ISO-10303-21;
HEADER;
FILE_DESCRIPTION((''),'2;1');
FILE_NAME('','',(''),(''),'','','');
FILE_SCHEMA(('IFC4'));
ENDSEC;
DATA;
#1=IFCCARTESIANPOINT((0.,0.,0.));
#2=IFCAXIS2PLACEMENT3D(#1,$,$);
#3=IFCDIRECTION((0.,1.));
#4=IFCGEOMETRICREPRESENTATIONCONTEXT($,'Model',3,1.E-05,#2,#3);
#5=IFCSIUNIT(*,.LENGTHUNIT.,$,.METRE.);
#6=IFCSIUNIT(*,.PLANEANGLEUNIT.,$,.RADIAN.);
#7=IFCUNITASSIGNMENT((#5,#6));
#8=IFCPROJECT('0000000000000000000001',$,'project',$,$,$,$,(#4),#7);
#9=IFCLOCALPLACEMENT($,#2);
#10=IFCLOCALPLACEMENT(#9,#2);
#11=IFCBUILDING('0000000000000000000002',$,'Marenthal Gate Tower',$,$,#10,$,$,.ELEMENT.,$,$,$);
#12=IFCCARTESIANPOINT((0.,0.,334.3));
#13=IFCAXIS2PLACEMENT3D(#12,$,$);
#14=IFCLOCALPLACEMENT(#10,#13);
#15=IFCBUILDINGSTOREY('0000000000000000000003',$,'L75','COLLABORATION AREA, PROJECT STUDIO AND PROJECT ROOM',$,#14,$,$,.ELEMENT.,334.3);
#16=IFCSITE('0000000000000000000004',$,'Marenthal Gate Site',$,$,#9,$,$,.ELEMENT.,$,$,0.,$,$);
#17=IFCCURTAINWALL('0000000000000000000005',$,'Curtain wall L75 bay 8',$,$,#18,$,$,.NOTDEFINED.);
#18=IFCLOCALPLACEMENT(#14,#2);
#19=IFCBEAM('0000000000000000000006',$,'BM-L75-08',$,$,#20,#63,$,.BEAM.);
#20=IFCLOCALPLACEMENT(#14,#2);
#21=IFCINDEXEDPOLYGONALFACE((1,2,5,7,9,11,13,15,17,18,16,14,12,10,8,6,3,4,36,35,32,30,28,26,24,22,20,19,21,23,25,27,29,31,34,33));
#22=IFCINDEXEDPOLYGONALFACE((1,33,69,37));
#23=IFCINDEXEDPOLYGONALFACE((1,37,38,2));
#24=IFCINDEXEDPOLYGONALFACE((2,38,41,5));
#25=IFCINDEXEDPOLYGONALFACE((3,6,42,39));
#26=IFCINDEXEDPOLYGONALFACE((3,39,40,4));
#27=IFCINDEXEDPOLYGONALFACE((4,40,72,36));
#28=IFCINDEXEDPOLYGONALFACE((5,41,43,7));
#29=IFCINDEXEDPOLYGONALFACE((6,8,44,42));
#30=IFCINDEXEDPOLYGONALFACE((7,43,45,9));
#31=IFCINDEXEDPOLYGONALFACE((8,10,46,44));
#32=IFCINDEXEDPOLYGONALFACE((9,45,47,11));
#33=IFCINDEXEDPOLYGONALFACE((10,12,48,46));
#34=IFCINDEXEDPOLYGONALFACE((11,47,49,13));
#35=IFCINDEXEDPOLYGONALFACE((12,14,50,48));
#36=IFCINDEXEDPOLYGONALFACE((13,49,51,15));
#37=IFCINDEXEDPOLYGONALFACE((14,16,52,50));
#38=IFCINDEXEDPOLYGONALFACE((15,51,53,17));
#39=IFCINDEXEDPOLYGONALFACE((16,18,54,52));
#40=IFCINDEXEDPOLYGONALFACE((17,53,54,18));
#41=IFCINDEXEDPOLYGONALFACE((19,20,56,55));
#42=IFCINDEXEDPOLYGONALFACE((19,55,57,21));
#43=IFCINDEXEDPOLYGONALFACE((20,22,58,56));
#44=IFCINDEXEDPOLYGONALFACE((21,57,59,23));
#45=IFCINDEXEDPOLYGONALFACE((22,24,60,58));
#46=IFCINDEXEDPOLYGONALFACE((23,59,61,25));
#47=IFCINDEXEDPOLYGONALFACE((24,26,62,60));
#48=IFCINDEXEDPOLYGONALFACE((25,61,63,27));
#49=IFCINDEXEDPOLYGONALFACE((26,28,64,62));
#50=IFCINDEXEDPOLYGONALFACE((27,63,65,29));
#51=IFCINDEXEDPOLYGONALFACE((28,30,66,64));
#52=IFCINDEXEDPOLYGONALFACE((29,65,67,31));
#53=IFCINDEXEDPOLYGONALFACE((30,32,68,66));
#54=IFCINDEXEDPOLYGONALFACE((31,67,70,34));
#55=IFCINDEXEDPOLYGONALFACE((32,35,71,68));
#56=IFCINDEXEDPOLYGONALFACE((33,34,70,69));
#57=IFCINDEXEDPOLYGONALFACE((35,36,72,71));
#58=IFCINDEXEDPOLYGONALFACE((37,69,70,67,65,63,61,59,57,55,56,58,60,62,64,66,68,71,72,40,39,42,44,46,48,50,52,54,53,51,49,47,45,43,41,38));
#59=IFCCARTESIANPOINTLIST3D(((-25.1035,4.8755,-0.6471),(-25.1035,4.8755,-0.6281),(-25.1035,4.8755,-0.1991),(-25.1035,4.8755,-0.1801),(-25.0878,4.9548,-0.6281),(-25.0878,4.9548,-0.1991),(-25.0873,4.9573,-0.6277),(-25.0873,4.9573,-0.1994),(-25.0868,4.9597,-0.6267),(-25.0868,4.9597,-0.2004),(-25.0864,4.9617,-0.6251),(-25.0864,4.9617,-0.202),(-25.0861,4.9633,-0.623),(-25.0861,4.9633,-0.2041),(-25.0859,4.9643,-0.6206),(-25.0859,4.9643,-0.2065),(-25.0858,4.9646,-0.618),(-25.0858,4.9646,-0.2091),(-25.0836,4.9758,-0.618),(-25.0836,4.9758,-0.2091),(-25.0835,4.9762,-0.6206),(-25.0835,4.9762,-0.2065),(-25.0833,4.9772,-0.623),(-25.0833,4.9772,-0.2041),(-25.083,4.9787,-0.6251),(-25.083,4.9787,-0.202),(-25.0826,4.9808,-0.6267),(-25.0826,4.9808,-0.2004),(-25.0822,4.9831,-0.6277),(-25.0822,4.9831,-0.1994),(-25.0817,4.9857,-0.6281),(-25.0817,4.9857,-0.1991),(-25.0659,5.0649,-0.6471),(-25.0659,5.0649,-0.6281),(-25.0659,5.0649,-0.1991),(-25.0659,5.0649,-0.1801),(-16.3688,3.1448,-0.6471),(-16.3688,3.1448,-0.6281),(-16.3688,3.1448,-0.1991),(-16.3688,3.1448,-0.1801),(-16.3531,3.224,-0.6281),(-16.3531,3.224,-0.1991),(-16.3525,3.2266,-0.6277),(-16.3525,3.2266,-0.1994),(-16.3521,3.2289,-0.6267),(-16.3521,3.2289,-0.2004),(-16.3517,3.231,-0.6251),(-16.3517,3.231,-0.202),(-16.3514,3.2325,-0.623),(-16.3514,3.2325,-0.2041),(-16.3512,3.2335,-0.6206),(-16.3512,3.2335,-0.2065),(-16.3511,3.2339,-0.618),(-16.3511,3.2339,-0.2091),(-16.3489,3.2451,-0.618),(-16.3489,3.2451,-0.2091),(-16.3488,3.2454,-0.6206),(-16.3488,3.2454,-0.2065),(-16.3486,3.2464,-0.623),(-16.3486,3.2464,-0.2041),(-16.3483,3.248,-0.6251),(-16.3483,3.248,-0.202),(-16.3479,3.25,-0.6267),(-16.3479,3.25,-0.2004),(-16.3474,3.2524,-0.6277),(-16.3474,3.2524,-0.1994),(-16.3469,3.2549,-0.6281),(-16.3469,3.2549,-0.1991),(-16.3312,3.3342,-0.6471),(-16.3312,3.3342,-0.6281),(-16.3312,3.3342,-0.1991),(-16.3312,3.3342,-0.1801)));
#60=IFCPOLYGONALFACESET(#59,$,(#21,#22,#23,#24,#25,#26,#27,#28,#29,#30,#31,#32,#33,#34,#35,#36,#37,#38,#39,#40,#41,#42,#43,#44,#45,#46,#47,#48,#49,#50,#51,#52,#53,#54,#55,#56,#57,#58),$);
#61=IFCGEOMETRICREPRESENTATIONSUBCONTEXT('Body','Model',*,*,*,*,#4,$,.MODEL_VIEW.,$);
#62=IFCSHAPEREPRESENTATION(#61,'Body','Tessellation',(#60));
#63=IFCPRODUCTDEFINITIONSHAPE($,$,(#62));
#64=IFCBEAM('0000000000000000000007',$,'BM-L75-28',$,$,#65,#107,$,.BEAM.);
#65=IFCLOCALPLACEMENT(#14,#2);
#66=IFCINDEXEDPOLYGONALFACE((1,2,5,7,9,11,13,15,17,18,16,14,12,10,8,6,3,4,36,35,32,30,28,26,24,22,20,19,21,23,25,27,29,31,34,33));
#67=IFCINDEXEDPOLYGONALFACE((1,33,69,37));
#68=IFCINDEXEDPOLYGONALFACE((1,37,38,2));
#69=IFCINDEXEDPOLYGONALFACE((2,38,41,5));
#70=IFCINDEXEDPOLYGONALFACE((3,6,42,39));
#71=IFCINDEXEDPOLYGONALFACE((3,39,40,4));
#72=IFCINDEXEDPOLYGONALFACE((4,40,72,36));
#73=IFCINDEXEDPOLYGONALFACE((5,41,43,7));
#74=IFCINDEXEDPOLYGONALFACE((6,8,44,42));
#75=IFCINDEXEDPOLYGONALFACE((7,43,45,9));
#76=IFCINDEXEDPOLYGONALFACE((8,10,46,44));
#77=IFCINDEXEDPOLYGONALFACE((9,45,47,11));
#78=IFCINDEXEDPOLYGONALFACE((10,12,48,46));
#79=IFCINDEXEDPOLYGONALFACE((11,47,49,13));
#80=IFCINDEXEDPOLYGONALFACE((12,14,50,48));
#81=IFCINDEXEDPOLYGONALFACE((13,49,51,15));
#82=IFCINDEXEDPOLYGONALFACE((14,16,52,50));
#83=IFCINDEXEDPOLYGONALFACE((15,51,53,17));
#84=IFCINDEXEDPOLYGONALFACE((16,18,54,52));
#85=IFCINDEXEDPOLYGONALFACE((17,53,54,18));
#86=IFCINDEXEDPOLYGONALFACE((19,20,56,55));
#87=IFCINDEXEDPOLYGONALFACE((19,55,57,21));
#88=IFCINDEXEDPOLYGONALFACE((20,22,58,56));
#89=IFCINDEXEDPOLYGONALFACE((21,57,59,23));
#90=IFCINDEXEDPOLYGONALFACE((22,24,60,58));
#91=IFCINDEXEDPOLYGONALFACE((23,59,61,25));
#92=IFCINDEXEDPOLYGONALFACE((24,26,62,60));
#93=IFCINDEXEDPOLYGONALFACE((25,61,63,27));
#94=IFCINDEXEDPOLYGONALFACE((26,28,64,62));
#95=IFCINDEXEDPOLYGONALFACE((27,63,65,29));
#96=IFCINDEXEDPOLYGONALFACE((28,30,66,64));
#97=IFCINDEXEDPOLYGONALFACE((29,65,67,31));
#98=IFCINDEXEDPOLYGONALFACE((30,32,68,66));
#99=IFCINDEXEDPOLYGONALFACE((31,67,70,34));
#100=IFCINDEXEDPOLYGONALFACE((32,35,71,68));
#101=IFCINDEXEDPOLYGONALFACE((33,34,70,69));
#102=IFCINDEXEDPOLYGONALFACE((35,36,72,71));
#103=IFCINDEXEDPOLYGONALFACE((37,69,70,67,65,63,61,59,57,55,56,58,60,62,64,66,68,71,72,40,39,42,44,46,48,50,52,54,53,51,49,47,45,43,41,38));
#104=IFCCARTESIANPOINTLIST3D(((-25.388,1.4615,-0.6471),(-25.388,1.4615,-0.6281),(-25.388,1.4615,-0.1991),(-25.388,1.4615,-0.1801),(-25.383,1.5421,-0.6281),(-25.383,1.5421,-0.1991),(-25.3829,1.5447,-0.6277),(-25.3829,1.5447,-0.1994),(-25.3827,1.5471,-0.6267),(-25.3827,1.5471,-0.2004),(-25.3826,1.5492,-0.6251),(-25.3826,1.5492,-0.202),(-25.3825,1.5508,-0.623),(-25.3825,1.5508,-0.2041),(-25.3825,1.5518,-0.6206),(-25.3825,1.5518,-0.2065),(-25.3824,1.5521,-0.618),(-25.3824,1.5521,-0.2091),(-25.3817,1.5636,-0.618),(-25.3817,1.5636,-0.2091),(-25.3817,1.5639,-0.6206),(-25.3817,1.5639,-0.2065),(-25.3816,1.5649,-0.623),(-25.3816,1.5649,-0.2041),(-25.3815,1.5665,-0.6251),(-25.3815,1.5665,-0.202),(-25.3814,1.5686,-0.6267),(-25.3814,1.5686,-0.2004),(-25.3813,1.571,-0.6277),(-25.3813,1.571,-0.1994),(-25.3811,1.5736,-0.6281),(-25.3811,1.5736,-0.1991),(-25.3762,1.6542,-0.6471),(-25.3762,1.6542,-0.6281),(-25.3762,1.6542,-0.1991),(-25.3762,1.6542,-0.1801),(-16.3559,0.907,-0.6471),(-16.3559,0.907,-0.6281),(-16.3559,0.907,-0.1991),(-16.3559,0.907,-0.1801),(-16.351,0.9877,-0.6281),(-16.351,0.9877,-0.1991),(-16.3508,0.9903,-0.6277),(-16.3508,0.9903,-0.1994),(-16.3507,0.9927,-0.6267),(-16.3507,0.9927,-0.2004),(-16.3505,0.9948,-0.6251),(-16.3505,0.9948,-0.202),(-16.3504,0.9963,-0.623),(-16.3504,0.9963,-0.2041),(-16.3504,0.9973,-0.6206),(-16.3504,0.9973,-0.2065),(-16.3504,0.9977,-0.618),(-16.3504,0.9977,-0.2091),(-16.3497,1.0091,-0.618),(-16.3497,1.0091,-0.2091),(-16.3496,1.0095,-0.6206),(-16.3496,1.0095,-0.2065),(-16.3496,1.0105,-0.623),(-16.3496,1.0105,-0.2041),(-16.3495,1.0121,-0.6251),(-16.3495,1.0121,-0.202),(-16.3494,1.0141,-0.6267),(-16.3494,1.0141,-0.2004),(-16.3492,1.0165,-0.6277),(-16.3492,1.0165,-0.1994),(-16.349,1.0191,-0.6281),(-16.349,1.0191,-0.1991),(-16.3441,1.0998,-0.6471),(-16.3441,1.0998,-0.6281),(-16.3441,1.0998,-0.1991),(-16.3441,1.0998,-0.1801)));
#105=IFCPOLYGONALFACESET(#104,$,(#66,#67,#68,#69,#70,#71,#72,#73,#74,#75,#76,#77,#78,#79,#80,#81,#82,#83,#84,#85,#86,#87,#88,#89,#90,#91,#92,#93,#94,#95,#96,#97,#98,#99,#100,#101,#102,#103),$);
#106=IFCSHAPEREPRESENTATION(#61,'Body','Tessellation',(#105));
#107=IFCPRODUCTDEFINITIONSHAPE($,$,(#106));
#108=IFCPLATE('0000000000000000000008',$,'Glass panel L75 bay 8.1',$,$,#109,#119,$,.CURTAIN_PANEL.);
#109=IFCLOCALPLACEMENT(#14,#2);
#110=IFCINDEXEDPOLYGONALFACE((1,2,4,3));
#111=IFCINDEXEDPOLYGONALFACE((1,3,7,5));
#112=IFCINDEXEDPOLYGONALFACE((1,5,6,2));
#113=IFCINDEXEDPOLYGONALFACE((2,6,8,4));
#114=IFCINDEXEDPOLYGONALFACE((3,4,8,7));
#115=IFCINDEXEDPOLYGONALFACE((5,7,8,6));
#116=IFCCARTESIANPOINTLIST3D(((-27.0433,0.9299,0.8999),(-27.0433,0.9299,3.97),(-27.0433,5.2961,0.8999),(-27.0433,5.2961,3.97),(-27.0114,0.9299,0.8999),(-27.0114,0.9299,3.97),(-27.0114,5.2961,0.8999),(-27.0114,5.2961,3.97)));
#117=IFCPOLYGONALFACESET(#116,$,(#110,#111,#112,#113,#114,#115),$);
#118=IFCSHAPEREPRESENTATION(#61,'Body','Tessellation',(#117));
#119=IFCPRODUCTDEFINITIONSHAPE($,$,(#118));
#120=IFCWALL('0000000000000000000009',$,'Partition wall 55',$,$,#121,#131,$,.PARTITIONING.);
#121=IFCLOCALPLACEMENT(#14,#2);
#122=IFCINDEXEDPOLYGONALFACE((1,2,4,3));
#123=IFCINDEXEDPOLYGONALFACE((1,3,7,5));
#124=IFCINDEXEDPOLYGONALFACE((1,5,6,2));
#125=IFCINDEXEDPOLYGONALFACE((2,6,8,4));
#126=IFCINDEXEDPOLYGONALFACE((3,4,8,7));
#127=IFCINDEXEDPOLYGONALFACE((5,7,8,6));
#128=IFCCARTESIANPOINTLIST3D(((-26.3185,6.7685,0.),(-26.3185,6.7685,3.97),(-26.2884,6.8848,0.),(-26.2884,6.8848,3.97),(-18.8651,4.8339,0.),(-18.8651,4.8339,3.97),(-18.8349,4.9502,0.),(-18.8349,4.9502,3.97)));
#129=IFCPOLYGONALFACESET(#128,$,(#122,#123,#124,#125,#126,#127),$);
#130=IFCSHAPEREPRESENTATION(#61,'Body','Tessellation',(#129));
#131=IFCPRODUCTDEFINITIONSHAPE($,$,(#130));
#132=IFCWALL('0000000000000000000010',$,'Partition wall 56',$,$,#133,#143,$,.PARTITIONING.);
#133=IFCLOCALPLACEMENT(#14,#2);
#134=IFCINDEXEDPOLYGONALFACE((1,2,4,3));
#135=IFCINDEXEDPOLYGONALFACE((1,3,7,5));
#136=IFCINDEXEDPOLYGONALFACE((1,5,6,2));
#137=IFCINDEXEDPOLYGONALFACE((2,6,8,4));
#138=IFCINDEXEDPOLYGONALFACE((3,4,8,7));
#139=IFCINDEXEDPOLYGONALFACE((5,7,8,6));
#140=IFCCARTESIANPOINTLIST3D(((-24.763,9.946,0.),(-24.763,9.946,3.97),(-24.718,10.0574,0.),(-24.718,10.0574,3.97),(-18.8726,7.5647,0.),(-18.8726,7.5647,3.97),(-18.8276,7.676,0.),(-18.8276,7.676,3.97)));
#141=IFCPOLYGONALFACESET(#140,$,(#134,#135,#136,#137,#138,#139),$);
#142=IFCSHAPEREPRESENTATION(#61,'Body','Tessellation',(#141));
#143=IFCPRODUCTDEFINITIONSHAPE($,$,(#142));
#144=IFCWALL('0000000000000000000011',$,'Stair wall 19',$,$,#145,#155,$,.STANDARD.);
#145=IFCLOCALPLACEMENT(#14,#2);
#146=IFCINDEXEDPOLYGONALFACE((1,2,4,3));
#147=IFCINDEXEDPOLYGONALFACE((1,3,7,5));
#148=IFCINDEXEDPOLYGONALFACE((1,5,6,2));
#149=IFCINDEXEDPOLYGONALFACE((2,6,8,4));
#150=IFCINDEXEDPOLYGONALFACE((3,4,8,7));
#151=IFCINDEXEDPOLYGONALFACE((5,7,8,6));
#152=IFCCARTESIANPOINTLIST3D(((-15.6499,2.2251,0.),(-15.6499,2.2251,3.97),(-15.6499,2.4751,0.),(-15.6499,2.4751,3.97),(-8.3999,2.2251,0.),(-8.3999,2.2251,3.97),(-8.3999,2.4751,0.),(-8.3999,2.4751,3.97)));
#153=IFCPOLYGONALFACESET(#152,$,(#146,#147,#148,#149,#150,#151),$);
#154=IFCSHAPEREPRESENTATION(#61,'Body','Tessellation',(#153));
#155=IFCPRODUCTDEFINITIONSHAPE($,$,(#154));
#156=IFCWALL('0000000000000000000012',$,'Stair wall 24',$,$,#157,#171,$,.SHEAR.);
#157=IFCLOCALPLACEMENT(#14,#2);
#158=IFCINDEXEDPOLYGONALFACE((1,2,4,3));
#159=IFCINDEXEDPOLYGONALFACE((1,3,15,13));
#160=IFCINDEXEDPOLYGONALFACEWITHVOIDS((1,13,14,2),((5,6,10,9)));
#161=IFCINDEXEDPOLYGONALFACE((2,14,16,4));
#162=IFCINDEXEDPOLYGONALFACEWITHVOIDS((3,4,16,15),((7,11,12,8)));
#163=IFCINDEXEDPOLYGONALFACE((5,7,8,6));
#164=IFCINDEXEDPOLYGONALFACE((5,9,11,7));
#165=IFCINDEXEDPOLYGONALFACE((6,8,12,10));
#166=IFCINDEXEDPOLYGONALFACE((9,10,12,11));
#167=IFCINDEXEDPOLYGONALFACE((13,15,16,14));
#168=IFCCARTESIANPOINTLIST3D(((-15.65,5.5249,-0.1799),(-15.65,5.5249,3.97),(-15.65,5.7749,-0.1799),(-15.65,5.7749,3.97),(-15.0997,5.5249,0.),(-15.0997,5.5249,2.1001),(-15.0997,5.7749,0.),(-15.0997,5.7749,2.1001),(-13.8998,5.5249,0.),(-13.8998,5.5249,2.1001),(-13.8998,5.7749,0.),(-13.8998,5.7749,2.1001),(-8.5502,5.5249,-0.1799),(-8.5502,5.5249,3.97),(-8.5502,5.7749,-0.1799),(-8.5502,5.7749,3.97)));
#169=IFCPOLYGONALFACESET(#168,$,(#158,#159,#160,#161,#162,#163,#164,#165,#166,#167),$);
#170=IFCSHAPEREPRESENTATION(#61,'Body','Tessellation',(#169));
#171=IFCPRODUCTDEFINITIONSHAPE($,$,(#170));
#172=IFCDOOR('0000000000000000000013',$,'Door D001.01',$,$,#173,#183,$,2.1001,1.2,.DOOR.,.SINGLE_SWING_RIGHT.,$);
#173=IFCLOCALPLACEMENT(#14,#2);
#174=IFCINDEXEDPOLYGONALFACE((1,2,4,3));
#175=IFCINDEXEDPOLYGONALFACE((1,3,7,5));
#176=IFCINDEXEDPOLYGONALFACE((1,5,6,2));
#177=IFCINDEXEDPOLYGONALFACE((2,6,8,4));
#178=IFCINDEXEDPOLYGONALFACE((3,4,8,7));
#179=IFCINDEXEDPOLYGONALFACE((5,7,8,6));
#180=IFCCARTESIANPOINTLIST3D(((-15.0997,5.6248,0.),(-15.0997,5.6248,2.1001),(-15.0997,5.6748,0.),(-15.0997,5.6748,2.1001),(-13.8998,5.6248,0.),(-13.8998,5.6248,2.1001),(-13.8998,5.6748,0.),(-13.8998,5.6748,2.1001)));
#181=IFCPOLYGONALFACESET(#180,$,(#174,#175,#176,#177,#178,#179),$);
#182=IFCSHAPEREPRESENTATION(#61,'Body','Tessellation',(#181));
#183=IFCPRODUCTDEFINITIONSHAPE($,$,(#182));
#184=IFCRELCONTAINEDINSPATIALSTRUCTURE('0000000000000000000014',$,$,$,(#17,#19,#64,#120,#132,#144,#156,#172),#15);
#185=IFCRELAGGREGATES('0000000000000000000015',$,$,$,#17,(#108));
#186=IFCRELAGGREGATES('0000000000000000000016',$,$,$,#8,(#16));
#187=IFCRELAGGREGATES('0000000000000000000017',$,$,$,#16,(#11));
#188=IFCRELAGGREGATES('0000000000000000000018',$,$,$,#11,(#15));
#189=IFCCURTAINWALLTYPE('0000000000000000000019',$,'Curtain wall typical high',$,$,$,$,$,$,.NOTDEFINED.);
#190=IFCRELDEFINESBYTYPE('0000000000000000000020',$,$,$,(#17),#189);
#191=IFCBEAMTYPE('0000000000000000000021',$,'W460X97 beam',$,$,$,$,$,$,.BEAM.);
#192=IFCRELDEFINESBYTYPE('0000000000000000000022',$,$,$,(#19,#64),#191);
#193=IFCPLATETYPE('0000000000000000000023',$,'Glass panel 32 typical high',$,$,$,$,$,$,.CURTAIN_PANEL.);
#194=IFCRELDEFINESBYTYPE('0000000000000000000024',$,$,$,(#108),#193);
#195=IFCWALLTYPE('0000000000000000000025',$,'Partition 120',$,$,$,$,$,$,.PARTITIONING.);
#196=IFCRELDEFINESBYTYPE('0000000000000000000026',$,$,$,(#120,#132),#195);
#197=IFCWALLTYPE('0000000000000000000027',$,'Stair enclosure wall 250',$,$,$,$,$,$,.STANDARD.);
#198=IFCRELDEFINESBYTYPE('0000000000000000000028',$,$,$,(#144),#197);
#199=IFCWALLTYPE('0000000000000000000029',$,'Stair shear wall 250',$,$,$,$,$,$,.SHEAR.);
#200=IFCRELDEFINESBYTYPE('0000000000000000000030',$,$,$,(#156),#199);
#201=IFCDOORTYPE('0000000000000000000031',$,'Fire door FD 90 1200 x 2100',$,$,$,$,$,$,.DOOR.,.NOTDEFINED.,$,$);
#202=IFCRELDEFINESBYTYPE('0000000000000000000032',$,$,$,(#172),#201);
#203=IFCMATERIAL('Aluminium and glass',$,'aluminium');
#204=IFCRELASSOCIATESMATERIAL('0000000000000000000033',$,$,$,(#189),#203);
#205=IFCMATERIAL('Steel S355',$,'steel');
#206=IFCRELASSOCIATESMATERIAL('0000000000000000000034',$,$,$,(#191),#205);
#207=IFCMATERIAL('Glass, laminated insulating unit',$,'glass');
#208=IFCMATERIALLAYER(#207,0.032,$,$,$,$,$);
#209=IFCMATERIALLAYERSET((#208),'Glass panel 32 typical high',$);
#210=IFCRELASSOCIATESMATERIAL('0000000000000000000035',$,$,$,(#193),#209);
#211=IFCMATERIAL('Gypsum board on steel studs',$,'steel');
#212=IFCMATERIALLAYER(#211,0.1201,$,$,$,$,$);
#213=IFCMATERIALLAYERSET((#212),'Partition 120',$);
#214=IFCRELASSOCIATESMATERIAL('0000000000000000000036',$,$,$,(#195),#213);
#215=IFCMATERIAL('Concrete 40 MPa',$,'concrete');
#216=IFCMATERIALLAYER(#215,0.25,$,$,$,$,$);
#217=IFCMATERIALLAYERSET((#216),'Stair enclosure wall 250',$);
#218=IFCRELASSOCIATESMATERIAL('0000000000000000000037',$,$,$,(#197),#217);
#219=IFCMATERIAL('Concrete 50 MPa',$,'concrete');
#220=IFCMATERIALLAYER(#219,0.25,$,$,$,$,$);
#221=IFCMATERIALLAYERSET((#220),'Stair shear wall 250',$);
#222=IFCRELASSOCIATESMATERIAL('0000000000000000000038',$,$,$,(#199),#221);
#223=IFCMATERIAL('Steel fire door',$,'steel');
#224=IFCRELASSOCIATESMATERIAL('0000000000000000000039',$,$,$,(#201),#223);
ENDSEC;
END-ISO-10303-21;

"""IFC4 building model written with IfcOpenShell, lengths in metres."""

from ifc_helpers import new_model, si_unit, direction, frame, frame_2d, origin, origin_2d, place, context, subcontext, project, spatial, rectangle, i_section, extrude, material, layer, layer_set, material_profile, profile_set, type_object, element, fill, aggregate, save


model = new_model("IFC4")

# Units and contexts
model_context = context("Model", 3, precision=1e-05, world=origin(), true_north=direction((0.0, 1.0)))
body_context = subcontext(model_context, "Body", "Model", "MODEL_VIEW")
ifc_project = project(units=[si_unit("LENGTHUNIT", "METRE"), si_unit("PLANEANGLEUNIT", "RADIAN")], contexts=[model_context])

# Site, building, storey
site_placement = place(None, origin())
site = spatial("IfcSite", under=ifc_project, at=site_placement, Name="Marenthal Gate Site", CompositionType="ELEMENT", RefElevation=0.0)
building_placement = place(site_placement, origin())
building = spatial("IfcBuilding", under=site, at=building_placement, Name="Marenthal Gate Tower", CompositionType="ELEMENT")
storey_placement = place(building_placement, frame((0.0, 0.0, 334.3)))
storey = spatial("IfcBuildingStorey", under=building, at=storey_placement, Name="L75", Description="COLLABORATION AREA, PROJECT STUDIO AND PROJECT ROOM", CompositionType="ELEMENT", Elevation=334.3)

# Curtain wall
ifc_material_1 = material(Name="Aluminium and glass", Category="aluminium")
curtain_wall_type = type_object("IfcCurtainWallType", Name="Curtain wall typical high", PredefinedType="NOTDEFINED", material=ifc_material_1)
curtain_wall_placement = place(storey_placement, origin())
curtain_wall = element("IfcCurtainWall", 1, at=curtain_wall_placement, inside=storey, type_object=curtain_wall_type, Name="Curtain wall L75 bay 8", PredefinedType="NOTDEFINED")

# Beams
ifc_material_2 = material(Name="Steel S355", Category="steel")
ifc_material_profile_1 = material_profile(ifc_material_2, i_section(OverallWidth=0.1931, OverallDepth=0.467, WebThickness=0.0115, FlangeThickness=0.019, FilletRadius=0.01, at=origin_2d()), Name="W460X97")
ifc_profile_set_1 = profile_set([ifc_material_profile_1], Name="Steel S355")
beam_type_1 = type_object("IfcBeamType", Name="W460X97 beam", PredefinedType="BEAM", material=ifc_profile_set_1)
beam_1_placement = place(storey_placement, frame((-25.0847, 4.9702, -0.4136), z_axis=(0.980929, -0.194365, 0.0), x_axis=(0.194365, 0.980929, 0.0)))
element("IfcBeam", 2, at=beam_1_placement, inside=storey, type_object=beam_type_1, Name="BM-L75-08", PredefinedType="BEAM", context=body_context, shape_type="SweptSolid", body=[
    extrude(i_section(OverallWidth=0.1931, OverallDepth=0.467, WebThickness=0.0115, FlangeThickness=0.019, FilletRadius=0.01, at=origin_2d()), origin(), (0.0, 0.0, 1.0), 8.9045),
])
beam_2_placement = place(storey_placement, frame((-25.3821, 1.5579, -0.4136), z_axis=(0.998121, -0.061271, 0.0), x_axis=(0.061271, 0.998121, 0.0)))
element("IfcBeam", 3, at=beam_2_placement, inside=storey, type_object=beam_type_1, Name="BM-L75-28", PredefinedType="BEAM", context=body_context, shape_type="SweptSolid", body=[
    extrude(i_section(OverallWidth=0.1931, OverallDepth=0.467, WebThickness=0.0115, FlangeThickness=0.019, FilletRadius=0.01, at=origin_2d()), origin(), (0.0, 0.0, 1.0), 9.0491),
])

# Plate
ifc_material_3 = material(Name="Glass, laminated insulating unit", Category="glass")
ifc_layer_1 = layer(ifc_material_3, 0.032)
ifc_layer_set_1 = layer_set([ifc_layer_1], Name="Glass panel 32 typical high")
plate_type = type_object("IfcPlateType", Name="Glass panel 32 typical high", PredefinedType="CURTAIN_PANEL", material=ifc_layer_set_1)
plate_placement = place(storey_placement, frame((-27.0273, 3.113, 0.8999), z_axis=(0.0, 0.0, 1.0), x_axis=(0.0, -1.0, 0.0)))
plate = element("IfcPlate", 4, at=plate_placement, type_object=plate_type, Name="Glass panel L75 bay 8.1", PredefinedType="CURTAIN_PANEL", context=body_context, shape_type="SweptSolid", body=[
    extrude(rectangle(XDim=4.3662, YDim=0.032, at=origin_2d()), origin(), (0.0, 0.0, 1.0), 3.0701),
])
aggregate(curtain_wall, [plate])

# Walls
ifc_material_4 = material(Name="Gypsum board on steel studs", Category="steel")
ifc_layer_2 = layer(ifc_material_4, 0.1201)
ifc_layer_set_2 = layer_set([ifc_layer_2], Name="Partition 120")
wall_type_1 = type_object("IfcWallType", Name="Partition 120", PredefinedType="PARTITIONING", material=ifc_layer_set_2)
wall_1_placement = place(storey_placement, frame((-18.8501, 4.8921, 0.0), z_axis=(0.0, 0.0, 1.0), x_axis=(-0.967927, 0.251232, 0.0)))
element("IfcWall", 5, at=wall_1_placement, inside=storey, type_object=wall_type_1, Name="Partition wall 55", PredefinedType="PARTITIONING", context=body_context, shape_type="SweptSolid", body=[
    extrude(rectangle(XDim=7.7004, YDim=0.1201, at=frame_2d((3.8501, 0.0))), origin(), (0.0, 0.0, 1.0), 3.97),
])
wall_2_placement = place(storey_placement, frame((-18.8501, 7.6204, 0.0), z_axis=(0.0, 0.0, 1.0), x_axis=(-0.927103, 0.374807, 0.0)))
element("IfcWall", 6, at=wall_2_placement, inside=storey, type_object=wall_type_1, Name="Partition wall 56", PredefinedType="PARTITIONING", context=body_context, shape_type="SweptSolid", body=[
    extrude(rectangle(XDim=6.3535, YDim=0.1201, at=frame_2d((3.1768, 0.0))), origin(), (0.0, 0.0, 1.0), 3.97),
])
ifc_material_5 = material(Name="Concrete 40 MPa", Category="concrete")
ifc_layer_3 = layer(ifc_material_5, 0.25)
ifc_layer_set_3 = layer_set([ifc_layer_3], Name="Stair enclosure wall 250")
wall_type_2 = type_object("IfcWallType", Name="Stair enclosure wall 250", PredefinedType="STANDARD", material=ifc_layer_set_3)
wall_3_placement = place(storey_placement, frame((-15.6499, 2.3501, 0.0), z_axis=(0.0, 0.0, 1.0), x_axis=(1.0, 0.0, 0.0)))
element("IfcWall", 7, at=wall_3_placement, inside=storey, type_object=wall_type_2, Name="Stair wall 19", PredefinedType="STANDARD", context=body_context, shape_type="SweptSolid", body=[
    extrude(rectangle(XDim=7.25, YDim=0.25, at=frame_2d((3.625, 0.0))), origin(), (0.0, 0.0, 1.0), 3.97),
])

# Wall, opening, door
ifc_material_6 = material(Name="Concrete 50 MPa", Category="concrete")
ifc_layer_4 = layer(ifc_material_6, 0.25)
ifc_layer_set_4 = layer_set([ifc_layer_4], Name="Stair shear wall 250")
wall_type_3 = type_object("IfcWallType", Name="Stair shear wall 250", PredefinedType="SHEAR", material=ifc_layer_set_4)
wall_4_placement = place(storey_placement, frame((-15.6499, 5.6499, -0.1799), z_axis=(0.0, 0.0, 1.0), x_axis=(1.0, 0.0, 0.0)))
wall_4 = element("IfcWall", 8, at=wall_4_placement, inside=storey, type_object=wall_type_3, Name="Stair wall 24", PredefinedType="SHEAR", context=body_context, shape_type="SweptSolid", body=[
    extrude(rectangle(XDim=7.0999, YDim=0.25, at=frame_2d((3.5498, 0.0))), origin(), (0.0, 0.0, 1.0), 4.1499),
])
opening_placement = place(wall_4_placement, frame((0.55, 0.0, 0.1799)))
opening = element("IfcOpeningElement", 9, at=opening_placement, cuts=wall_4, PredefinedType="OPENING", context=body_context, shape_type="SweptSolid", body=[
    extrude(rectangle(XDim=1.2, YDim=2.1001, at=frame_2d((0.6001, 1.05))), frame((0.0, 0.135, 0.0), z_axis=(0.0, -1.0, 0.0), x_axis=(1.0, 0.0, 0.0)), (0.0, 0.0, 1.0), 0.27),
])
ifc_material_7 = material(Name="Steel fire door", Category="steel")
door_type = type_object("IfcDoorType", Name="Fire door FD 90 1200 x 2100", OperationType="NOTDEFINED", PredefinedType="DOOR", material=ifc_material_7)
door_placement = place(opening_placement, origin())
door = element("IfcDoor", 10, at=door_placement, inside=storey, type_object=door_type, Name="Door D001.01", OperationType="SINGLE_SWING_RIGHT", OverallHeight=2.1001, OverallWidth=1.2, PredefinedType="DOOR", context=body_context, shape_type="SweptSolid", body=[
    extrude(rectangle(XDim=1.2, YDim=2.1001, at=frame_2d((0.6001, 1.05))), frame((0.0, 0.0249, 0.0), z_axis=(0.0, -1.0, 0.0), x_axis=(1.0, 0.0, 0.0)), (0.0, 0.0, 1.0), 0.05),
])
fill(opening, door)

save(model, "model.ifc")
